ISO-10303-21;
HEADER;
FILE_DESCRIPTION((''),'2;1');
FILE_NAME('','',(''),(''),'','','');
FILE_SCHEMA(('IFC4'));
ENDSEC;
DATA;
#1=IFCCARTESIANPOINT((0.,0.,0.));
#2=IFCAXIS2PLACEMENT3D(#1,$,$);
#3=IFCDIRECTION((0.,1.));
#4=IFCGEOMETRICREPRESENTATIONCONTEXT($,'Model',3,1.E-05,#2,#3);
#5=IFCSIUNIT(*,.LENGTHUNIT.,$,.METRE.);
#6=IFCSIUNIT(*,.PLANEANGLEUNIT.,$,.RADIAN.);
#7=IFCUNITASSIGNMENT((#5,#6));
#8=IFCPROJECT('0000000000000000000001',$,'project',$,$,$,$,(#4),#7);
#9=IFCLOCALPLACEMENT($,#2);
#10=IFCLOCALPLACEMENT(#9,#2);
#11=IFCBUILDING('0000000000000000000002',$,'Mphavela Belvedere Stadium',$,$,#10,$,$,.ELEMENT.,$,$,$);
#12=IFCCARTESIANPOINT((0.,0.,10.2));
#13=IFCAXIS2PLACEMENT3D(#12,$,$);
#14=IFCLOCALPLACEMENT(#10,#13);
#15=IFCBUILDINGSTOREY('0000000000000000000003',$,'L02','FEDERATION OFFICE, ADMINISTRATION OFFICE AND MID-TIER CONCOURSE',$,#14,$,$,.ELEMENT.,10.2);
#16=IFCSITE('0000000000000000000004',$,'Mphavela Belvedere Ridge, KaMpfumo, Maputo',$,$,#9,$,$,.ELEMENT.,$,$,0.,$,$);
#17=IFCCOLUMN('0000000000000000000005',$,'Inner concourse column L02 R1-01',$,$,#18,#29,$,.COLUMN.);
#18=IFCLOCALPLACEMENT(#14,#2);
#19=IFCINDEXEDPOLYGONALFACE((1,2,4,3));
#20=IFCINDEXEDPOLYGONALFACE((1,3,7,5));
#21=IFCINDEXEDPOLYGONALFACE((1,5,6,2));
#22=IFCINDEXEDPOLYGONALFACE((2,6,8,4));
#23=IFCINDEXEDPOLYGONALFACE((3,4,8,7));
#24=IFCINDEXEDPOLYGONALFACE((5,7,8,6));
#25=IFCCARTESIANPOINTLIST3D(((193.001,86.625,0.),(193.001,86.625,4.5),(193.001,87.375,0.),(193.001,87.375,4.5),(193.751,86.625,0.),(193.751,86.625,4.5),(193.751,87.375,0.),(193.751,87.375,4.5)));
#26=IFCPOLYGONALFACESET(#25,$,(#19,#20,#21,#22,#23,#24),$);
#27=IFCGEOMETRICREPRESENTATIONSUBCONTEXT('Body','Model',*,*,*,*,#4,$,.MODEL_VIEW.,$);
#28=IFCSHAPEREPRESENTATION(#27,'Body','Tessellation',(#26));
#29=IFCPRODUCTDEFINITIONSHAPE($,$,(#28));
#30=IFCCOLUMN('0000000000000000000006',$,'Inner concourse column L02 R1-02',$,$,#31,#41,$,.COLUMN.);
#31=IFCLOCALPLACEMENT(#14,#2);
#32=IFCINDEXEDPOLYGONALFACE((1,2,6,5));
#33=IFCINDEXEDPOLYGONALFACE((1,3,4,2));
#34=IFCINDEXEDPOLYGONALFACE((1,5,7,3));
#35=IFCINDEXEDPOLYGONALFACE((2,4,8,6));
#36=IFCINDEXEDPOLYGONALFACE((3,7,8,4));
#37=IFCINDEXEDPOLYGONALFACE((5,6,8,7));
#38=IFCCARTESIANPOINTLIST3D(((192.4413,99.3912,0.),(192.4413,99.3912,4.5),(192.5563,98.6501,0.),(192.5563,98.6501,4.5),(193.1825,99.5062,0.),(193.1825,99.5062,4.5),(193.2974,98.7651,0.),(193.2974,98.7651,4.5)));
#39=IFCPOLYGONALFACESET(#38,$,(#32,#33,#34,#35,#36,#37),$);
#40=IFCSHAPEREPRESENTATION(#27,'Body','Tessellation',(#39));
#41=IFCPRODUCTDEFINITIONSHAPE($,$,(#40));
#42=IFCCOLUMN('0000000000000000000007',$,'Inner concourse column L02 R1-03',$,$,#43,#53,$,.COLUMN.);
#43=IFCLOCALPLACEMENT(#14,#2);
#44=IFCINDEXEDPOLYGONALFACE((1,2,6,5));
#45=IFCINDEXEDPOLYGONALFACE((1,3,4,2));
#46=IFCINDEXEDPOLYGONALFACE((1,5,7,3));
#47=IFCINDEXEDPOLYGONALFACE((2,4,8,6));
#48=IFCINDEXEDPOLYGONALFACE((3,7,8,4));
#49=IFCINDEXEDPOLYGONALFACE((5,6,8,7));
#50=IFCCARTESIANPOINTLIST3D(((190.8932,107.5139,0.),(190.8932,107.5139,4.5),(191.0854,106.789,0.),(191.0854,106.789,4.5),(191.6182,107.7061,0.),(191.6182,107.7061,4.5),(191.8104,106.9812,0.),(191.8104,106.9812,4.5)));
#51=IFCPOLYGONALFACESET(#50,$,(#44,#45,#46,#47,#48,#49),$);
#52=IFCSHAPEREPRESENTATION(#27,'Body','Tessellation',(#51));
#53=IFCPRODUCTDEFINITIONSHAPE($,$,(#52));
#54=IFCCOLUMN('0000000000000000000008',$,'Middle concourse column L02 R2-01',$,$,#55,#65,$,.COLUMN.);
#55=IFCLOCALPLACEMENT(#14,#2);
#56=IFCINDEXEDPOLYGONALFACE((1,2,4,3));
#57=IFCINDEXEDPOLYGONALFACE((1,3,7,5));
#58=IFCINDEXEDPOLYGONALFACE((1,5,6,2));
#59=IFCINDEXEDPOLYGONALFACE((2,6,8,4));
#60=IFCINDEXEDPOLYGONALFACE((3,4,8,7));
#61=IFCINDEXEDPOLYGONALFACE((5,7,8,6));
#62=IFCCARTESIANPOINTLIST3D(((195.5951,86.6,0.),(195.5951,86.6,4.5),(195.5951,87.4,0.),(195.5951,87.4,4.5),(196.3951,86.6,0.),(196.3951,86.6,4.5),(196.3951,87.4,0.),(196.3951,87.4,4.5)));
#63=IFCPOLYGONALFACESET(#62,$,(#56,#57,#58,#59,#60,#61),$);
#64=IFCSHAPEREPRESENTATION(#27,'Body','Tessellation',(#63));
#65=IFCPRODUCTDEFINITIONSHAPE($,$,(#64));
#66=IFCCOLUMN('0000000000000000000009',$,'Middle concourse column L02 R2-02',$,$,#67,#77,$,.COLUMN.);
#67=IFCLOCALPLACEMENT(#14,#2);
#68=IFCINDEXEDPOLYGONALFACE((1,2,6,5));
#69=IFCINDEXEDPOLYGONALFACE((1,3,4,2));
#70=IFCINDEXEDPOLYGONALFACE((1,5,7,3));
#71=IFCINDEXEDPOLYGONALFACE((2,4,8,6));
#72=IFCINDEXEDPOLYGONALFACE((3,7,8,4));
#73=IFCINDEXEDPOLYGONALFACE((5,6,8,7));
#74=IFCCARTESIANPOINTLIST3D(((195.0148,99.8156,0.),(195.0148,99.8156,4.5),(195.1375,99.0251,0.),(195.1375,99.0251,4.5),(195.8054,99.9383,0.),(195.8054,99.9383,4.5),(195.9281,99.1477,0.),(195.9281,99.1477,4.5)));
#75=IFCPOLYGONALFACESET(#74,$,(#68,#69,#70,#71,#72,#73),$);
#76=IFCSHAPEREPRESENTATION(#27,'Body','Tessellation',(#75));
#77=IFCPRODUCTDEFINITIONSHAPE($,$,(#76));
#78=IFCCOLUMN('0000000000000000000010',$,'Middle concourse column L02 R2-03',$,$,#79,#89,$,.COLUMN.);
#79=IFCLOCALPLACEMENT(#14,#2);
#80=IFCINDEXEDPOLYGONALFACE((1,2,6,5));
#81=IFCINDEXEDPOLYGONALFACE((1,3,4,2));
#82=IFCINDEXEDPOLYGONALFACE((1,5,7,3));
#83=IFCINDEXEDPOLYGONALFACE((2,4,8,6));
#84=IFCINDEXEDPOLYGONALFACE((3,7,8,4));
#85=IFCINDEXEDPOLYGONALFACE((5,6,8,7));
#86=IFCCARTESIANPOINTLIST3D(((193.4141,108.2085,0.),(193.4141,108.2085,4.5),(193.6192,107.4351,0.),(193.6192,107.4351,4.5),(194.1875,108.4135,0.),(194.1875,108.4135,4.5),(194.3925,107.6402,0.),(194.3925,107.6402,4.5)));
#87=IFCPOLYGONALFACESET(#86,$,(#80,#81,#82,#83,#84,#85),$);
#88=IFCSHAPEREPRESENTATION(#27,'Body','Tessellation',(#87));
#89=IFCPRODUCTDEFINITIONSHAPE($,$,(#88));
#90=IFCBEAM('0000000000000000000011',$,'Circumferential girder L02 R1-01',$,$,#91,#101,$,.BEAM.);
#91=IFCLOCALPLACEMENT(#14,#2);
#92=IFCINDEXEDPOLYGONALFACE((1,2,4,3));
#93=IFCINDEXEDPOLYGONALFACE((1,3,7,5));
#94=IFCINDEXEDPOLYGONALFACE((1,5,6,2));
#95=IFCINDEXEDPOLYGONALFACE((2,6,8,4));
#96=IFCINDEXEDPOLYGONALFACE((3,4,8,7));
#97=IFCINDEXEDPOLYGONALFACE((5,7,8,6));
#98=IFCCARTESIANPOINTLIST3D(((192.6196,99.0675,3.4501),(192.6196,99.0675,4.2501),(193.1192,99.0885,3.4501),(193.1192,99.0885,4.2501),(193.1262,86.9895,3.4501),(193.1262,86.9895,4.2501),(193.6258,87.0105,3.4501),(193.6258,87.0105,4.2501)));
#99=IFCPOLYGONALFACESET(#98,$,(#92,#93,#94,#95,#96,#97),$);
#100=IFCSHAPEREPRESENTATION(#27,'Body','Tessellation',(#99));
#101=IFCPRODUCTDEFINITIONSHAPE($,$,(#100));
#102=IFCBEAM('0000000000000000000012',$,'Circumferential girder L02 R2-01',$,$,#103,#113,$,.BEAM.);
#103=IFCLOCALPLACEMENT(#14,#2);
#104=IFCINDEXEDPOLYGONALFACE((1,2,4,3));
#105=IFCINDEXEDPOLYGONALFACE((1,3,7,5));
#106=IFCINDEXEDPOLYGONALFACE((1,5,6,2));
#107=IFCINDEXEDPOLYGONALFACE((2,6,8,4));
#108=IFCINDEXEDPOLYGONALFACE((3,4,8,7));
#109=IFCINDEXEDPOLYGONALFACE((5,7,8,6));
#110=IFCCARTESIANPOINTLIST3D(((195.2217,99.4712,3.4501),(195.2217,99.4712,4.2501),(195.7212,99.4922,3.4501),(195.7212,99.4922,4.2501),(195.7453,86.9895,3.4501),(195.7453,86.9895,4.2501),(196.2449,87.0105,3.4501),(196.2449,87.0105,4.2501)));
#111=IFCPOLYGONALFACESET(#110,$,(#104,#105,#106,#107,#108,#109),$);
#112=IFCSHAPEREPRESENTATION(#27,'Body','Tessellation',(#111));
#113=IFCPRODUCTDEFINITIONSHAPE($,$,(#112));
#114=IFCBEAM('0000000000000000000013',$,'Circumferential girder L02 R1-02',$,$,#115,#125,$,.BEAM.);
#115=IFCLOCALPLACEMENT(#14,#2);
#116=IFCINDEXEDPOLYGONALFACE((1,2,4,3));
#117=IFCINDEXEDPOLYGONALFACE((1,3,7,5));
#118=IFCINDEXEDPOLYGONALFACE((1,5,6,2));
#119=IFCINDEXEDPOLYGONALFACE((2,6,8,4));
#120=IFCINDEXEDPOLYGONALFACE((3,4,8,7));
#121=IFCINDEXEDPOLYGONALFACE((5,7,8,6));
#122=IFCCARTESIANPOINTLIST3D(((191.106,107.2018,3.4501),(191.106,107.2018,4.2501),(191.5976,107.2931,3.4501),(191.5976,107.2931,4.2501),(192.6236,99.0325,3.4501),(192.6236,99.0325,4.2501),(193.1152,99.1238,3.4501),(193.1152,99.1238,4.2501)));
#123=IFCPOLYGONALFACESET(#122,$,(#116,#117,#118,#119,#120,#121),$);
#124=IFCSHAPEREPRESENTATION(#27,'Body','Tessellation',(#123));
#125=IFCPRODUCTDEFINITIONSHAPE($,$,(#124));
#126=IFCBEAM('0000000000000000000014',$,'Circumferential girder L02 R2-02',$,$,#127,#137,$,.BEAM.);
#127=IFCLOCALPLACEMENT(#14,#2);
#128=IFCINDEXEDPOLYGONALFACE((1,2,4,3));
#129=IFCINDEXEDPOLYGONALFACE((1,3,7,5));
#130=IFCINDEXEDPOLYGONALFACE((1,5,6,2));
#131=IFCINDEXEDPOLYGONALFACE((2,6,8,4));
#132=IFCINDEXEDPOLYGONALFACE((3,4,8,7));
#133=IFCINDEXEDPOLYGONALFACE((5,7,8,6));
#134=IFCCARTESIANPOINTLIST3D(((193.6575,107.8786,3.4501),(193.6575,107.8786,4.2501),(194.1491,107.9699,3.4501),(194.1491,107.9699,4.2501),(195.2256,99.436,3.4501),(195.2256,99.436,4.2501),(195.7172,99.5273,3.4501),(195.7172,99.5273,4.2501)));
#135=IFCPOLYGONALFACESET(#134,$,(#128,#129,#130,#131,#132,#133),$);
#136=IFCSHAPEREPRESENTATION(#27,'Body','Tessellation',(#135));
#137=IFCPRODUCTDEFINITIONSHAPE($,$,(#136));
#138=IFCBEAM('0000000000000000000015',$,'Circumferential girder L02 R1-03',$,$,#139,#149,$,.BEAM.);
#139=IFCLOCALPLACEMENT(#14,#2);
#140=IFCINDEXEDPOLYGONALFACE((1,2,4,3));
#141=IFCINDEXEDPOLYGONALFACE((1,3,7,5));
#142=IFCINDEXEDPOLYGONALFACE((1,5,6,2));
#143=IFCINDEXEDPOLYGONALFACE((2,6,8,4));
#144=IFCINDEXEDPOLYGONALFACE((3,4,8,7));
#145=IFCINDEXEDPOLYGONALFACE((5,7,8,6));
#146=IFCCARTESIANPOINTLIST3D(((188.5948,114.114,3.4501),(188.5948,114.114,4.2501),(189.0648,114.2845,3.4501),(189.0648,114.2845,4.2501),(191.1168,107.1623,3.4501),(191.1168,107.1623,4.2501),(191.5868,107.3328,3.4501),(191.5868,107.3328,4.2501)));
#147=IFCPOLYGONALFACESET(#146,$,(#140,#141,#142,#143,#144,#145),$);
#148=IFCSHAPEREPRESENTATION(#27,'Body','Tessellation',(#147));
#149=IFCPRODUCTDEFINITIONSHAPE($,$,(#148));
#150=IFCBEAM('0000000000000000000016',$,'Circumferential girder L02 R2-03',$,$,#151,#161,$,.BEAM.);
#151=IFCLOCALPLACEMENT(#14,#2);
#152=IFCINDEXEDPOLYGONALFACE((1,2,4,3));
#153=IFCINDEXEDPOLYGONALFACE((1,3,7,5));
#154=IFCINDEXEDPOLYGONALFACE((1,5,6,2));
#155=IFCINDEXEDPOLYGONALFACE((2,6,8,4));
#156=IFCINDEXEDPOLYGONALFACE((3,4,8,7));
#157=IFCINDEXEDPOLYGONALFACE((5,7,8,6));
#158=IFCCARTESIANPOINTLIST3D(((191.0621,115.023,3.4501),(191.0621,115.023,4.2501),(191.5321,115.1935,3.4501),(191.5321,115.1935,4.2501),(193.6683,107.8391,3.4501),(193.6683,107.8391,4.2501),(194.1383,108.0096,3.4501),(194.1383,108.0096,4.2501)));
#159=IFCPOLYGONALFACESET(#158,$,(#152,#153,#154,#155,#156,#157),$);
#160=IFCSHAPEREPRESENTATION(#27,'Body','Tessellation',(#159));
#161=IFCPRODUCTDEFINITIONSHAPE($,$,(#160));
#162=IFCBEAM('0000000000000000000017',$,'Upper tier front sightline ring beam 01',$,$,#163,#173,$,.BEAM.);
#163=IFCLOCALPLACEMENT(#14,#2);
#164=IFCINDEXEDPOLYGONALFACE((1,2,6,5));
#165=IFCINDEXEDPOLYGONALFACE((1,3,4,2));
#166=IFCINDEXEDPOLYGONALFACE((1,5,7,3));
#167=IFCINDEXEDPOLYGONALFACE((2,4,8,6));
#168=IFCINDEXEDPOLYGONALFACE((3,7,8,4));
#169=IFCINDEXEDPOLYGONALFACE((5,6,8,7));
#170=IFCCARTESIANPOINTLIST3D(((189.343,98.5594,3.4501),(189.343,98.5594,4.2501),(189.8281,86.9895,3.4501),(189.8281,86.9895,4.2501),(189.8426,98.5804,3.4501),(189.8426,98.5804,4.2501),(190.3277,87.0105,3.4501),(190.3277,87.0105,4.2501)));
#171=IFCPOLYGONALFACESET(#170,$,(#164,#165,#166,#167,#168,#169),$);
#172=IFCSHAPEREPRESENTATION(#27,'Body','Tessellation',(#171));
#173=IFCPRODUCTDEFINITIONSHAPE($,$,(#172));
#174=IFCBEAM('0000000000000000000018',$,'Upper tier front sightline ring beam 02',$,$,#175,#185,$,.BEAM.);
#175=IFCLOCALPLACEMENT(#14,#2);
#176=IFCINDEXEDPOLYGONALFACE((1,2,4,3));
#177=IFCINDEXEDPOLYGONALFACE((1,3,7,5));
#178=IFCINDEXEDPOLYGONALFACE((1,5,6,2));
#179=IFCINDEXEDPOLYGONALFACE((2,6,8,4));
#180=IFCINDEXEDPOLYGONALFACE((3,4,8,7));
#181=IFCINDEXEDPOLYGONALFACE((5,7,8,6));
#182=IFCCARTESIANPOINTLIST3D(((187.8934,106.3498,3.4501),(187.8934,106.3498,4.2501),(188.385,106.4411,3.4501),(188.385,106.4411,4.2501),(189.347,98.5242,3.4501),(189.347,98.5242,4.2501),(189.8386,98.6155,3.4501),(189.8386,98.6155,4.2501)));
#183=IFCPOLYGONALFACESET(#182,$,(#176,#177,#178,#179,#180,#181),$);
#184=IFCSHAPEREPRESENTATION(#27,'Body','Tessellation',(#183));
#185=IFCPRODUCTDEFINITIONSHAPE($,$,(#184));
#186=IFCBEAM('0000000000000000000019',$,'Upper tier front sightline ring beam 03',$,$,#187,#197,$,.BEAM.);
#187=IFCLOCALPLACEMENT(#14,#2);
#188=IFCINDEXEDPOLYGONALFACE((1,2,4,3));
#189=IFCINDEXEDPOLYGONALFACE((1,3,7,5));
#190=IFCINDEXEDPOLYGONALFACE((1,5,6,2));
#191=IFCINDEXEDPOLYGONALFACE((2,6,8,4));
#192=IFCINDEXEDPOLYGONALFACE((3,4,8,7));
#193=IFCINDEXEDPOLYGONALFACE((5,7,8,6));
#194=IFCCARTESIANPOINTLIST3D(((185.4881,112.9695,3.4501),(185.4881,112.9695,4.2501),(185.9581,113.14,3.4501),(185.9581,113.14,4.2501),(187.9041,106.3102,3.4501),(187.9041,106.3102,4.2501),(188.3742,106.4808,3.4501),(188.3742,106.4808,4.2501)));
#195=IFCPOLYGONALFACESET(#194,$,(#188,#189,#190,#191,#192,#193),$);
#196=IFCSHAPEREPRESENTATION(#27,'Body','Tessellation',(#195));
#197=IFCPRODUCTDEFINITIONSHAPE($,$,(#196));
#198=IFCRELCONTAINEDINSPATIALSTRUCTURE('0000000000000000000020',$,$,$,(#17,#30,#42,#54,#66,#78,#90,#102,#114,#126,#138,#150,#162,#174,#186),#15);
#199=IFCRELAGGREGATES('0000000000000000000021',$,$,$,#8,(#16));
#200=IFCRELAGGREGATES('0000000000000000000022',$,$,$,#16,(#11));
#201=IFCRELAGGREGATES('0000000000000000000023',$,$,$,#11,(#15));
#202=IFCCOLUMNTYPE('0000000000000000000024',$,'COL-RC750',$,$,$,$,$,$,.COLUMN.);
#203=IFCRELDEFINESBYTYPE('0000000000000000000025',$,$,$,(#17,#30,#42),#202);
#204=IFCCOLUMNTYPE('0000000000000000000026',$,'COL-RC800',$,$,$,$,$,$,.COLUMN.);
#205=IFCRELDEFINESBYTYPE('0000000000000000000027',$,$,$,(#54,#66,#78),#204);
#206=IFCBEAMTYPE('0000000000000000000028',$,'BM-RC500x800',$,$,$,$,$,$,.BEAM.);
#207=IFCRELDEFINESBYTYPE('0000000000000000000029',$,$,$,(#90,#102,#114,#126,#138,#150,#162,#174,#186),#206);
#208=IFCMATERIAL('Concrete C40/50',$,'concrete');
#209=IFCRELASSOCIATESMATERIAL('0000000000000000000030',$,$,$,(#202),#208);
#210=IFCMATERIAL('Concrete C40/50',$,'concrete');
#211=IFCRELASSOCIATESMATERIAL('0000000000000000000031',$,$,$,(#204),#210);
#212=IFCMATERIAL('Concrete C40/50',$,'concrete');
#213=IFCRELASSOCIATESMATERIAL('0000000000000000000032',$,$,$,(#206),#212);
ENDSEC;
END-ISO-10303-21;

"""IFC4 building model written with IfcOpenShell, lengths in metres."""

from ifc_helpers import new_model, si_unit, direction, frame, origin, origin_2d, place, context, subcontext, project, spatial, rectangle, extrude, material, material_profile, profile_set, type_object, element, save


model = new_model("IFC4")

# Units and contexts
model_context = context("Model", 3, precision=1e-05, world=origin(), true_north=direction((0.0, 1.0)))
body_context = subcontext(model_context, "Body", "Model", "MODEL_VIEW")
ifc_project = project(units=[si_unit("LENGTHUNIT", "METRE"), si_unit("PLANEANGLEUNIT", "RADIAN")], contexts=[model_context])

# Site, building, storey
site_placement = place(None, origin())
site = spatial("IfcSite", under=ifc_project, at=site_placement, Name="Mphavela Belvedere Ridge, KaMpfumo, Maputo", CompositionType="ELEMENT", RefElevation=0.0)
building_placement = place(site_placement, origin())
building = spatial("IfcBuilding", under=site, at=building_placement, Name="Mphavela Belvedere Stadium", CompositionType="ELEMENT")
storey_placement = place(building_placement, frame((0.0, 0.0, 10.2)))
storey = spatial("IfcBuildingStorey", under=building, at=storey_placement, Name="L02", Description="FEDERATION OFFICE, ADMINISTRATION OFFICE AND MID-TIER CONCOURSE", CompositionType="ELEMENT", Elevation=10.2)

# Columns
ifc_material_1 = material(Name="Concrete C40/50", Category="concrete")
ifc_material_profile_1 = material_profile(ifc_material_1, rectangle(XDim=0.75, YDim=0.75, at=origin_2d()), Name="RC 750x750")
ifc_profile_set_1 = profile_set([ifc_material_profile_1], Name="Concrete C40/50")
column_type_1 = type_object("IfcColumnType", Name="COL-RC750", PredefinedType="COLUMN", material=ifc_profile_set_1)
for number, where, z_axis, x_axis, name in (
    (1, (193.376, 87.0, 0.0), (0.0, 0.0, 1.0), (1.0, 0.0, 0.0), "Inner concourse column L02 R1-01"),
    (2, (192.8694, 99.0781, 0.0), (0.0, 0.0, 1.0), (0.988175, 0.153331, 0.0), "Inner concourse column L02 R1-02"),
    (3, (191.3518, 107.2476, 0.0), (0.0, 0.0, 1.0), (0.9666, 0.256289, 0.0), "Inner concourse column L02 R1-03"),
):
    element("IfcColumn", number, at=place(storey_placement, frame(where, z_axis=z_axis, x_axis=x_axis)), inside=storey, type_object=column_type_1, Name=name, PredefinedType="COLUMN", context=body_context, shape_type="SweptSolid", body=[
        extrude(rectangle(XDim=0.75, YDim=0.75, at=origin_2d()), origin(), (0.0, 0.0, 1.0), 4.5),
    ])
ifc_material_2 = material(Name="Concrete C40/50", Category="concrete")
ifc_material_profile_2 = material_profile(ifc_material_2, rectangle(XDim=0.8, YDim=0.8, at=origin_2d()), Name="RC 800x800")
ifc_profile_set_2 = profile_set([ifc_material_profile_2], Name="Concrete C40/50")
column_type_2 = type_object("IfcColumnType", Name="COL-RC800", PredefinedType="COLUMN", material=ifc_profile_set_2)
for number, where, z_axis, x_axis, name in (
    (4, (195.9951, 87.0, 0.0), (0.0, 0.0, 1.0), (1.0, 0.0, 0.0), "Middle concourse column L02 R2-01"),
    (5, (195.4714, 99.4817, 0.0), (0.0, 0.0, 1.0), (0.988175, 0.153331, 0.0), "Middle concourse column L02 R2-02"),
    (6, (193.9033, 107.9243, 0.0), (0.0, 0.0, 1.0), (0.9666, 0.256289, 0.0), "Middle concourse column L02 R2-03"),
):
    element("IfcColumn", number, at=place(storey_placement, frame(where, z_axis=z_axis, x_axis=x_axis)), inside=storey, type_object=column_type_2, Name=name, PredefinedType="COLUMN", context=body_context, shape_type="SweptSolid", body=[
        extrude(rectangle(XDim=0.8, YDim=0.8, at=origin_2d()), origin(), (0.0, 0.0, 1.0), 4.5),
    ])

# Beams
ifc_material_3 = material(Name="Concrete C40/50", Category="concrete")
ifc_material_profile_3 = material_profile(ifc_material_3, rectangle(XDim=0.5, YDim=0.8, at=origin_2d()), Name="RC 500x800")
ifc_profile_set_3 = profile_set([ifc_material_profile_3], Name="Concrete C40/50")
beam_type_1 = type_object("IfcBeamType", Name="BM-RC500x800", PredefinedType="BEAM", material=ifc_profile_set_3)
beam_1_placement = place(storey_placement, frame((193.376, 87.0, 3.8501), z_axis=(-0.041906, 0.999122, 0.0), x_axis=(-0.999122, -0.041906, 0.0)))
element("IfcBeam", 7, at=beam_1_placement, inside=storey, type_object=beam_type_1, Name="Circumferential girder L02 R1-01", PredefinedType="BEAM", context=body_context, shape_type="SweptSolid", body=[
    extrude(rectangle(XDim=0.5, YDim=0.8, at=origin_2d()), origin(), (0.0, 0.0, 1.0), 12.0886),
])
beam_2_placement = place(storey_placement, frame((195.9951, 87.0, 3.8501), z_axis=(-0.041919, 0.999121, 0.0), x_axis=(-0.999121, -0.041919, 0.0)))
element("IfcBeam", 8, at=beam_2_placement, inside=storey, type_object=beam_type_1, Name="Circumferential girder L02 R2-01", PredefinedType="BEAM", context=body_context, shape_type="SweptSolid", body=[
    extrude(rectangle(XDim=0.5, YDim=0.8, at=origin_2d()), origin(), (0.0, 0.0, 1.0), 12.4927),
])
beam_3_placement = place(storey_placement, frame((192.8694, 99.0781, 3.8501), z_axis=(-0.182638, 0.98318, 0.0), x_axis=(-0.98318, -0.182638, 0.0)))
element("IfcBeam", 9, at=beam_3_placement, inside=storey, type_object=beam_type_1, Name="Circumferential girder L02 R1-02", PredefinedType="BEAM", context=body_context, shape_type="SweptSolid", body=[
    extrude(rectangle(XDim=0.5, YDim=0.8, at=origin_2d()), origin(), (0.0, 0.0, 1.0), 8.3091),
])
beam_4_placement = place(storey_placement, frame((195.4714, 99.4817, 3.8501), z_axis=(-0.182615, 0.983185, 0.0), x_axis=(-0.983185, -0.182615, 0.0)))
element("IfcBeam", 10, at=beam_4_placement, inside=storey, type_object=beam_type_1, Name="Circumferential girder L02 R2-02", PredefinedType="BEAM", context=body_context, shape_type="SweptSolid", body=[
    extrude(rectangle(XDim=0.5, YDim=0.8, at=origin_2d()), origin(), (0.0, 0.0, 1.0), 8.5869),
])
beam_5_placement = place(storey_placement, frame((191.3518, 107.2476, 3.8501), z_axis=(-0.341038, 0.94005, 0.0), x_axis=(-0.94005, -0.341038, 0.0)))
element("IfcBeam", 11, at=beam_5_placement, inside=storey, type_object=beam_type_1, Name="Circumferential girder L02 R1-03", PredefinedType="BEAM", context=body_context, shape_type="SweptSolid", body=[
    extrude(rectangle(XDim=0.5, YDim=0.8, at=origin_2d()), origin(), (0.0, 0.0, 1.0), 7.395),
])
beam_6_placement = place(storey_placement, frame((193.9033, 107.9243, 3.8501), z_axis=(-0.341038, 0.94005, 0.0), x_axis=(-0.94005, -0.341038, 0.0)))
element("IfcBeam", 12, at=beam_6_placement, inside=storey, type_object=beam_type_1, Name="Circumferential girder L02 R2-03", PredefinedType="BEAM", context=body_context, shape_type="SweptSolid", body=[
    extrude(rectangle(XDim=0.5, YDim=0.8, at=origin_2d()), origin(), (0.0, 0.0, 1.0), 7.6421),
])
beam_7_placement = place(storey_placement, frame((190.0779, 87.0, 3.8501), z_axis=(-0.041892, 0.999122, 0.0), x_axis=(-0.999122, -0.041892, 0.0)))
element("IfcBeam", 13, at=beam_7_placement, inside=storey, type_object=beam_type_1, Name="Upper tier front sightline ring beam 01", PredefinedType="BEAM", context=body_context, shape_type="SweptSolid", body=[
    extrude(rectangle(XDim=0.5, YDim=0.8, at=origin_2d()), origin(), (0.0, 0.0, 1.0), 11.5801),
])
beam_8_placement = place(storey_placement, frame((189.5928, 98.5698, 3.8501), z_axis=(-0.182625, 0.983183, 0.0), x_axis=(-0.983183, -0.182625, 0.0)))
element("IfcBeam", 14, at=beam_8_placement, inside=storey, type_object=beam_type_1, Name="Upper tier front sightline ring beam 02", PredefinedType="BEAM", context=body_context, shape_type="SweptSolid", body=[
    extrude(rectangle(XDim=0.5, YDim=0.8, at=origin_2d()), origin(), (0.0, 0.0, 1.0), 7.9595),
])
beam_9_placement = place(storey_placement, frame((188.1392, 106.3955, 3.8501), z_axis=(-0.341057, 0.940043, 0.0), x_axis=(-0.940043, -0.341057, 0.0)))
element("IfcBeam", 15, at=beam_9_placement, inside=storey, type_object=beam_type_1, Name="Upper tier front sightline ring beam 03", PredefinedType="BEAM", context=body_context, shape_type="SweptSolid", body=[
    extrude(rectangle(XDim=0.5, YDim=0.8, at=origin_2d()), origin(), (0.0, 0.0, 1.0), 7.084),
])

save(model, "model.ifc")
